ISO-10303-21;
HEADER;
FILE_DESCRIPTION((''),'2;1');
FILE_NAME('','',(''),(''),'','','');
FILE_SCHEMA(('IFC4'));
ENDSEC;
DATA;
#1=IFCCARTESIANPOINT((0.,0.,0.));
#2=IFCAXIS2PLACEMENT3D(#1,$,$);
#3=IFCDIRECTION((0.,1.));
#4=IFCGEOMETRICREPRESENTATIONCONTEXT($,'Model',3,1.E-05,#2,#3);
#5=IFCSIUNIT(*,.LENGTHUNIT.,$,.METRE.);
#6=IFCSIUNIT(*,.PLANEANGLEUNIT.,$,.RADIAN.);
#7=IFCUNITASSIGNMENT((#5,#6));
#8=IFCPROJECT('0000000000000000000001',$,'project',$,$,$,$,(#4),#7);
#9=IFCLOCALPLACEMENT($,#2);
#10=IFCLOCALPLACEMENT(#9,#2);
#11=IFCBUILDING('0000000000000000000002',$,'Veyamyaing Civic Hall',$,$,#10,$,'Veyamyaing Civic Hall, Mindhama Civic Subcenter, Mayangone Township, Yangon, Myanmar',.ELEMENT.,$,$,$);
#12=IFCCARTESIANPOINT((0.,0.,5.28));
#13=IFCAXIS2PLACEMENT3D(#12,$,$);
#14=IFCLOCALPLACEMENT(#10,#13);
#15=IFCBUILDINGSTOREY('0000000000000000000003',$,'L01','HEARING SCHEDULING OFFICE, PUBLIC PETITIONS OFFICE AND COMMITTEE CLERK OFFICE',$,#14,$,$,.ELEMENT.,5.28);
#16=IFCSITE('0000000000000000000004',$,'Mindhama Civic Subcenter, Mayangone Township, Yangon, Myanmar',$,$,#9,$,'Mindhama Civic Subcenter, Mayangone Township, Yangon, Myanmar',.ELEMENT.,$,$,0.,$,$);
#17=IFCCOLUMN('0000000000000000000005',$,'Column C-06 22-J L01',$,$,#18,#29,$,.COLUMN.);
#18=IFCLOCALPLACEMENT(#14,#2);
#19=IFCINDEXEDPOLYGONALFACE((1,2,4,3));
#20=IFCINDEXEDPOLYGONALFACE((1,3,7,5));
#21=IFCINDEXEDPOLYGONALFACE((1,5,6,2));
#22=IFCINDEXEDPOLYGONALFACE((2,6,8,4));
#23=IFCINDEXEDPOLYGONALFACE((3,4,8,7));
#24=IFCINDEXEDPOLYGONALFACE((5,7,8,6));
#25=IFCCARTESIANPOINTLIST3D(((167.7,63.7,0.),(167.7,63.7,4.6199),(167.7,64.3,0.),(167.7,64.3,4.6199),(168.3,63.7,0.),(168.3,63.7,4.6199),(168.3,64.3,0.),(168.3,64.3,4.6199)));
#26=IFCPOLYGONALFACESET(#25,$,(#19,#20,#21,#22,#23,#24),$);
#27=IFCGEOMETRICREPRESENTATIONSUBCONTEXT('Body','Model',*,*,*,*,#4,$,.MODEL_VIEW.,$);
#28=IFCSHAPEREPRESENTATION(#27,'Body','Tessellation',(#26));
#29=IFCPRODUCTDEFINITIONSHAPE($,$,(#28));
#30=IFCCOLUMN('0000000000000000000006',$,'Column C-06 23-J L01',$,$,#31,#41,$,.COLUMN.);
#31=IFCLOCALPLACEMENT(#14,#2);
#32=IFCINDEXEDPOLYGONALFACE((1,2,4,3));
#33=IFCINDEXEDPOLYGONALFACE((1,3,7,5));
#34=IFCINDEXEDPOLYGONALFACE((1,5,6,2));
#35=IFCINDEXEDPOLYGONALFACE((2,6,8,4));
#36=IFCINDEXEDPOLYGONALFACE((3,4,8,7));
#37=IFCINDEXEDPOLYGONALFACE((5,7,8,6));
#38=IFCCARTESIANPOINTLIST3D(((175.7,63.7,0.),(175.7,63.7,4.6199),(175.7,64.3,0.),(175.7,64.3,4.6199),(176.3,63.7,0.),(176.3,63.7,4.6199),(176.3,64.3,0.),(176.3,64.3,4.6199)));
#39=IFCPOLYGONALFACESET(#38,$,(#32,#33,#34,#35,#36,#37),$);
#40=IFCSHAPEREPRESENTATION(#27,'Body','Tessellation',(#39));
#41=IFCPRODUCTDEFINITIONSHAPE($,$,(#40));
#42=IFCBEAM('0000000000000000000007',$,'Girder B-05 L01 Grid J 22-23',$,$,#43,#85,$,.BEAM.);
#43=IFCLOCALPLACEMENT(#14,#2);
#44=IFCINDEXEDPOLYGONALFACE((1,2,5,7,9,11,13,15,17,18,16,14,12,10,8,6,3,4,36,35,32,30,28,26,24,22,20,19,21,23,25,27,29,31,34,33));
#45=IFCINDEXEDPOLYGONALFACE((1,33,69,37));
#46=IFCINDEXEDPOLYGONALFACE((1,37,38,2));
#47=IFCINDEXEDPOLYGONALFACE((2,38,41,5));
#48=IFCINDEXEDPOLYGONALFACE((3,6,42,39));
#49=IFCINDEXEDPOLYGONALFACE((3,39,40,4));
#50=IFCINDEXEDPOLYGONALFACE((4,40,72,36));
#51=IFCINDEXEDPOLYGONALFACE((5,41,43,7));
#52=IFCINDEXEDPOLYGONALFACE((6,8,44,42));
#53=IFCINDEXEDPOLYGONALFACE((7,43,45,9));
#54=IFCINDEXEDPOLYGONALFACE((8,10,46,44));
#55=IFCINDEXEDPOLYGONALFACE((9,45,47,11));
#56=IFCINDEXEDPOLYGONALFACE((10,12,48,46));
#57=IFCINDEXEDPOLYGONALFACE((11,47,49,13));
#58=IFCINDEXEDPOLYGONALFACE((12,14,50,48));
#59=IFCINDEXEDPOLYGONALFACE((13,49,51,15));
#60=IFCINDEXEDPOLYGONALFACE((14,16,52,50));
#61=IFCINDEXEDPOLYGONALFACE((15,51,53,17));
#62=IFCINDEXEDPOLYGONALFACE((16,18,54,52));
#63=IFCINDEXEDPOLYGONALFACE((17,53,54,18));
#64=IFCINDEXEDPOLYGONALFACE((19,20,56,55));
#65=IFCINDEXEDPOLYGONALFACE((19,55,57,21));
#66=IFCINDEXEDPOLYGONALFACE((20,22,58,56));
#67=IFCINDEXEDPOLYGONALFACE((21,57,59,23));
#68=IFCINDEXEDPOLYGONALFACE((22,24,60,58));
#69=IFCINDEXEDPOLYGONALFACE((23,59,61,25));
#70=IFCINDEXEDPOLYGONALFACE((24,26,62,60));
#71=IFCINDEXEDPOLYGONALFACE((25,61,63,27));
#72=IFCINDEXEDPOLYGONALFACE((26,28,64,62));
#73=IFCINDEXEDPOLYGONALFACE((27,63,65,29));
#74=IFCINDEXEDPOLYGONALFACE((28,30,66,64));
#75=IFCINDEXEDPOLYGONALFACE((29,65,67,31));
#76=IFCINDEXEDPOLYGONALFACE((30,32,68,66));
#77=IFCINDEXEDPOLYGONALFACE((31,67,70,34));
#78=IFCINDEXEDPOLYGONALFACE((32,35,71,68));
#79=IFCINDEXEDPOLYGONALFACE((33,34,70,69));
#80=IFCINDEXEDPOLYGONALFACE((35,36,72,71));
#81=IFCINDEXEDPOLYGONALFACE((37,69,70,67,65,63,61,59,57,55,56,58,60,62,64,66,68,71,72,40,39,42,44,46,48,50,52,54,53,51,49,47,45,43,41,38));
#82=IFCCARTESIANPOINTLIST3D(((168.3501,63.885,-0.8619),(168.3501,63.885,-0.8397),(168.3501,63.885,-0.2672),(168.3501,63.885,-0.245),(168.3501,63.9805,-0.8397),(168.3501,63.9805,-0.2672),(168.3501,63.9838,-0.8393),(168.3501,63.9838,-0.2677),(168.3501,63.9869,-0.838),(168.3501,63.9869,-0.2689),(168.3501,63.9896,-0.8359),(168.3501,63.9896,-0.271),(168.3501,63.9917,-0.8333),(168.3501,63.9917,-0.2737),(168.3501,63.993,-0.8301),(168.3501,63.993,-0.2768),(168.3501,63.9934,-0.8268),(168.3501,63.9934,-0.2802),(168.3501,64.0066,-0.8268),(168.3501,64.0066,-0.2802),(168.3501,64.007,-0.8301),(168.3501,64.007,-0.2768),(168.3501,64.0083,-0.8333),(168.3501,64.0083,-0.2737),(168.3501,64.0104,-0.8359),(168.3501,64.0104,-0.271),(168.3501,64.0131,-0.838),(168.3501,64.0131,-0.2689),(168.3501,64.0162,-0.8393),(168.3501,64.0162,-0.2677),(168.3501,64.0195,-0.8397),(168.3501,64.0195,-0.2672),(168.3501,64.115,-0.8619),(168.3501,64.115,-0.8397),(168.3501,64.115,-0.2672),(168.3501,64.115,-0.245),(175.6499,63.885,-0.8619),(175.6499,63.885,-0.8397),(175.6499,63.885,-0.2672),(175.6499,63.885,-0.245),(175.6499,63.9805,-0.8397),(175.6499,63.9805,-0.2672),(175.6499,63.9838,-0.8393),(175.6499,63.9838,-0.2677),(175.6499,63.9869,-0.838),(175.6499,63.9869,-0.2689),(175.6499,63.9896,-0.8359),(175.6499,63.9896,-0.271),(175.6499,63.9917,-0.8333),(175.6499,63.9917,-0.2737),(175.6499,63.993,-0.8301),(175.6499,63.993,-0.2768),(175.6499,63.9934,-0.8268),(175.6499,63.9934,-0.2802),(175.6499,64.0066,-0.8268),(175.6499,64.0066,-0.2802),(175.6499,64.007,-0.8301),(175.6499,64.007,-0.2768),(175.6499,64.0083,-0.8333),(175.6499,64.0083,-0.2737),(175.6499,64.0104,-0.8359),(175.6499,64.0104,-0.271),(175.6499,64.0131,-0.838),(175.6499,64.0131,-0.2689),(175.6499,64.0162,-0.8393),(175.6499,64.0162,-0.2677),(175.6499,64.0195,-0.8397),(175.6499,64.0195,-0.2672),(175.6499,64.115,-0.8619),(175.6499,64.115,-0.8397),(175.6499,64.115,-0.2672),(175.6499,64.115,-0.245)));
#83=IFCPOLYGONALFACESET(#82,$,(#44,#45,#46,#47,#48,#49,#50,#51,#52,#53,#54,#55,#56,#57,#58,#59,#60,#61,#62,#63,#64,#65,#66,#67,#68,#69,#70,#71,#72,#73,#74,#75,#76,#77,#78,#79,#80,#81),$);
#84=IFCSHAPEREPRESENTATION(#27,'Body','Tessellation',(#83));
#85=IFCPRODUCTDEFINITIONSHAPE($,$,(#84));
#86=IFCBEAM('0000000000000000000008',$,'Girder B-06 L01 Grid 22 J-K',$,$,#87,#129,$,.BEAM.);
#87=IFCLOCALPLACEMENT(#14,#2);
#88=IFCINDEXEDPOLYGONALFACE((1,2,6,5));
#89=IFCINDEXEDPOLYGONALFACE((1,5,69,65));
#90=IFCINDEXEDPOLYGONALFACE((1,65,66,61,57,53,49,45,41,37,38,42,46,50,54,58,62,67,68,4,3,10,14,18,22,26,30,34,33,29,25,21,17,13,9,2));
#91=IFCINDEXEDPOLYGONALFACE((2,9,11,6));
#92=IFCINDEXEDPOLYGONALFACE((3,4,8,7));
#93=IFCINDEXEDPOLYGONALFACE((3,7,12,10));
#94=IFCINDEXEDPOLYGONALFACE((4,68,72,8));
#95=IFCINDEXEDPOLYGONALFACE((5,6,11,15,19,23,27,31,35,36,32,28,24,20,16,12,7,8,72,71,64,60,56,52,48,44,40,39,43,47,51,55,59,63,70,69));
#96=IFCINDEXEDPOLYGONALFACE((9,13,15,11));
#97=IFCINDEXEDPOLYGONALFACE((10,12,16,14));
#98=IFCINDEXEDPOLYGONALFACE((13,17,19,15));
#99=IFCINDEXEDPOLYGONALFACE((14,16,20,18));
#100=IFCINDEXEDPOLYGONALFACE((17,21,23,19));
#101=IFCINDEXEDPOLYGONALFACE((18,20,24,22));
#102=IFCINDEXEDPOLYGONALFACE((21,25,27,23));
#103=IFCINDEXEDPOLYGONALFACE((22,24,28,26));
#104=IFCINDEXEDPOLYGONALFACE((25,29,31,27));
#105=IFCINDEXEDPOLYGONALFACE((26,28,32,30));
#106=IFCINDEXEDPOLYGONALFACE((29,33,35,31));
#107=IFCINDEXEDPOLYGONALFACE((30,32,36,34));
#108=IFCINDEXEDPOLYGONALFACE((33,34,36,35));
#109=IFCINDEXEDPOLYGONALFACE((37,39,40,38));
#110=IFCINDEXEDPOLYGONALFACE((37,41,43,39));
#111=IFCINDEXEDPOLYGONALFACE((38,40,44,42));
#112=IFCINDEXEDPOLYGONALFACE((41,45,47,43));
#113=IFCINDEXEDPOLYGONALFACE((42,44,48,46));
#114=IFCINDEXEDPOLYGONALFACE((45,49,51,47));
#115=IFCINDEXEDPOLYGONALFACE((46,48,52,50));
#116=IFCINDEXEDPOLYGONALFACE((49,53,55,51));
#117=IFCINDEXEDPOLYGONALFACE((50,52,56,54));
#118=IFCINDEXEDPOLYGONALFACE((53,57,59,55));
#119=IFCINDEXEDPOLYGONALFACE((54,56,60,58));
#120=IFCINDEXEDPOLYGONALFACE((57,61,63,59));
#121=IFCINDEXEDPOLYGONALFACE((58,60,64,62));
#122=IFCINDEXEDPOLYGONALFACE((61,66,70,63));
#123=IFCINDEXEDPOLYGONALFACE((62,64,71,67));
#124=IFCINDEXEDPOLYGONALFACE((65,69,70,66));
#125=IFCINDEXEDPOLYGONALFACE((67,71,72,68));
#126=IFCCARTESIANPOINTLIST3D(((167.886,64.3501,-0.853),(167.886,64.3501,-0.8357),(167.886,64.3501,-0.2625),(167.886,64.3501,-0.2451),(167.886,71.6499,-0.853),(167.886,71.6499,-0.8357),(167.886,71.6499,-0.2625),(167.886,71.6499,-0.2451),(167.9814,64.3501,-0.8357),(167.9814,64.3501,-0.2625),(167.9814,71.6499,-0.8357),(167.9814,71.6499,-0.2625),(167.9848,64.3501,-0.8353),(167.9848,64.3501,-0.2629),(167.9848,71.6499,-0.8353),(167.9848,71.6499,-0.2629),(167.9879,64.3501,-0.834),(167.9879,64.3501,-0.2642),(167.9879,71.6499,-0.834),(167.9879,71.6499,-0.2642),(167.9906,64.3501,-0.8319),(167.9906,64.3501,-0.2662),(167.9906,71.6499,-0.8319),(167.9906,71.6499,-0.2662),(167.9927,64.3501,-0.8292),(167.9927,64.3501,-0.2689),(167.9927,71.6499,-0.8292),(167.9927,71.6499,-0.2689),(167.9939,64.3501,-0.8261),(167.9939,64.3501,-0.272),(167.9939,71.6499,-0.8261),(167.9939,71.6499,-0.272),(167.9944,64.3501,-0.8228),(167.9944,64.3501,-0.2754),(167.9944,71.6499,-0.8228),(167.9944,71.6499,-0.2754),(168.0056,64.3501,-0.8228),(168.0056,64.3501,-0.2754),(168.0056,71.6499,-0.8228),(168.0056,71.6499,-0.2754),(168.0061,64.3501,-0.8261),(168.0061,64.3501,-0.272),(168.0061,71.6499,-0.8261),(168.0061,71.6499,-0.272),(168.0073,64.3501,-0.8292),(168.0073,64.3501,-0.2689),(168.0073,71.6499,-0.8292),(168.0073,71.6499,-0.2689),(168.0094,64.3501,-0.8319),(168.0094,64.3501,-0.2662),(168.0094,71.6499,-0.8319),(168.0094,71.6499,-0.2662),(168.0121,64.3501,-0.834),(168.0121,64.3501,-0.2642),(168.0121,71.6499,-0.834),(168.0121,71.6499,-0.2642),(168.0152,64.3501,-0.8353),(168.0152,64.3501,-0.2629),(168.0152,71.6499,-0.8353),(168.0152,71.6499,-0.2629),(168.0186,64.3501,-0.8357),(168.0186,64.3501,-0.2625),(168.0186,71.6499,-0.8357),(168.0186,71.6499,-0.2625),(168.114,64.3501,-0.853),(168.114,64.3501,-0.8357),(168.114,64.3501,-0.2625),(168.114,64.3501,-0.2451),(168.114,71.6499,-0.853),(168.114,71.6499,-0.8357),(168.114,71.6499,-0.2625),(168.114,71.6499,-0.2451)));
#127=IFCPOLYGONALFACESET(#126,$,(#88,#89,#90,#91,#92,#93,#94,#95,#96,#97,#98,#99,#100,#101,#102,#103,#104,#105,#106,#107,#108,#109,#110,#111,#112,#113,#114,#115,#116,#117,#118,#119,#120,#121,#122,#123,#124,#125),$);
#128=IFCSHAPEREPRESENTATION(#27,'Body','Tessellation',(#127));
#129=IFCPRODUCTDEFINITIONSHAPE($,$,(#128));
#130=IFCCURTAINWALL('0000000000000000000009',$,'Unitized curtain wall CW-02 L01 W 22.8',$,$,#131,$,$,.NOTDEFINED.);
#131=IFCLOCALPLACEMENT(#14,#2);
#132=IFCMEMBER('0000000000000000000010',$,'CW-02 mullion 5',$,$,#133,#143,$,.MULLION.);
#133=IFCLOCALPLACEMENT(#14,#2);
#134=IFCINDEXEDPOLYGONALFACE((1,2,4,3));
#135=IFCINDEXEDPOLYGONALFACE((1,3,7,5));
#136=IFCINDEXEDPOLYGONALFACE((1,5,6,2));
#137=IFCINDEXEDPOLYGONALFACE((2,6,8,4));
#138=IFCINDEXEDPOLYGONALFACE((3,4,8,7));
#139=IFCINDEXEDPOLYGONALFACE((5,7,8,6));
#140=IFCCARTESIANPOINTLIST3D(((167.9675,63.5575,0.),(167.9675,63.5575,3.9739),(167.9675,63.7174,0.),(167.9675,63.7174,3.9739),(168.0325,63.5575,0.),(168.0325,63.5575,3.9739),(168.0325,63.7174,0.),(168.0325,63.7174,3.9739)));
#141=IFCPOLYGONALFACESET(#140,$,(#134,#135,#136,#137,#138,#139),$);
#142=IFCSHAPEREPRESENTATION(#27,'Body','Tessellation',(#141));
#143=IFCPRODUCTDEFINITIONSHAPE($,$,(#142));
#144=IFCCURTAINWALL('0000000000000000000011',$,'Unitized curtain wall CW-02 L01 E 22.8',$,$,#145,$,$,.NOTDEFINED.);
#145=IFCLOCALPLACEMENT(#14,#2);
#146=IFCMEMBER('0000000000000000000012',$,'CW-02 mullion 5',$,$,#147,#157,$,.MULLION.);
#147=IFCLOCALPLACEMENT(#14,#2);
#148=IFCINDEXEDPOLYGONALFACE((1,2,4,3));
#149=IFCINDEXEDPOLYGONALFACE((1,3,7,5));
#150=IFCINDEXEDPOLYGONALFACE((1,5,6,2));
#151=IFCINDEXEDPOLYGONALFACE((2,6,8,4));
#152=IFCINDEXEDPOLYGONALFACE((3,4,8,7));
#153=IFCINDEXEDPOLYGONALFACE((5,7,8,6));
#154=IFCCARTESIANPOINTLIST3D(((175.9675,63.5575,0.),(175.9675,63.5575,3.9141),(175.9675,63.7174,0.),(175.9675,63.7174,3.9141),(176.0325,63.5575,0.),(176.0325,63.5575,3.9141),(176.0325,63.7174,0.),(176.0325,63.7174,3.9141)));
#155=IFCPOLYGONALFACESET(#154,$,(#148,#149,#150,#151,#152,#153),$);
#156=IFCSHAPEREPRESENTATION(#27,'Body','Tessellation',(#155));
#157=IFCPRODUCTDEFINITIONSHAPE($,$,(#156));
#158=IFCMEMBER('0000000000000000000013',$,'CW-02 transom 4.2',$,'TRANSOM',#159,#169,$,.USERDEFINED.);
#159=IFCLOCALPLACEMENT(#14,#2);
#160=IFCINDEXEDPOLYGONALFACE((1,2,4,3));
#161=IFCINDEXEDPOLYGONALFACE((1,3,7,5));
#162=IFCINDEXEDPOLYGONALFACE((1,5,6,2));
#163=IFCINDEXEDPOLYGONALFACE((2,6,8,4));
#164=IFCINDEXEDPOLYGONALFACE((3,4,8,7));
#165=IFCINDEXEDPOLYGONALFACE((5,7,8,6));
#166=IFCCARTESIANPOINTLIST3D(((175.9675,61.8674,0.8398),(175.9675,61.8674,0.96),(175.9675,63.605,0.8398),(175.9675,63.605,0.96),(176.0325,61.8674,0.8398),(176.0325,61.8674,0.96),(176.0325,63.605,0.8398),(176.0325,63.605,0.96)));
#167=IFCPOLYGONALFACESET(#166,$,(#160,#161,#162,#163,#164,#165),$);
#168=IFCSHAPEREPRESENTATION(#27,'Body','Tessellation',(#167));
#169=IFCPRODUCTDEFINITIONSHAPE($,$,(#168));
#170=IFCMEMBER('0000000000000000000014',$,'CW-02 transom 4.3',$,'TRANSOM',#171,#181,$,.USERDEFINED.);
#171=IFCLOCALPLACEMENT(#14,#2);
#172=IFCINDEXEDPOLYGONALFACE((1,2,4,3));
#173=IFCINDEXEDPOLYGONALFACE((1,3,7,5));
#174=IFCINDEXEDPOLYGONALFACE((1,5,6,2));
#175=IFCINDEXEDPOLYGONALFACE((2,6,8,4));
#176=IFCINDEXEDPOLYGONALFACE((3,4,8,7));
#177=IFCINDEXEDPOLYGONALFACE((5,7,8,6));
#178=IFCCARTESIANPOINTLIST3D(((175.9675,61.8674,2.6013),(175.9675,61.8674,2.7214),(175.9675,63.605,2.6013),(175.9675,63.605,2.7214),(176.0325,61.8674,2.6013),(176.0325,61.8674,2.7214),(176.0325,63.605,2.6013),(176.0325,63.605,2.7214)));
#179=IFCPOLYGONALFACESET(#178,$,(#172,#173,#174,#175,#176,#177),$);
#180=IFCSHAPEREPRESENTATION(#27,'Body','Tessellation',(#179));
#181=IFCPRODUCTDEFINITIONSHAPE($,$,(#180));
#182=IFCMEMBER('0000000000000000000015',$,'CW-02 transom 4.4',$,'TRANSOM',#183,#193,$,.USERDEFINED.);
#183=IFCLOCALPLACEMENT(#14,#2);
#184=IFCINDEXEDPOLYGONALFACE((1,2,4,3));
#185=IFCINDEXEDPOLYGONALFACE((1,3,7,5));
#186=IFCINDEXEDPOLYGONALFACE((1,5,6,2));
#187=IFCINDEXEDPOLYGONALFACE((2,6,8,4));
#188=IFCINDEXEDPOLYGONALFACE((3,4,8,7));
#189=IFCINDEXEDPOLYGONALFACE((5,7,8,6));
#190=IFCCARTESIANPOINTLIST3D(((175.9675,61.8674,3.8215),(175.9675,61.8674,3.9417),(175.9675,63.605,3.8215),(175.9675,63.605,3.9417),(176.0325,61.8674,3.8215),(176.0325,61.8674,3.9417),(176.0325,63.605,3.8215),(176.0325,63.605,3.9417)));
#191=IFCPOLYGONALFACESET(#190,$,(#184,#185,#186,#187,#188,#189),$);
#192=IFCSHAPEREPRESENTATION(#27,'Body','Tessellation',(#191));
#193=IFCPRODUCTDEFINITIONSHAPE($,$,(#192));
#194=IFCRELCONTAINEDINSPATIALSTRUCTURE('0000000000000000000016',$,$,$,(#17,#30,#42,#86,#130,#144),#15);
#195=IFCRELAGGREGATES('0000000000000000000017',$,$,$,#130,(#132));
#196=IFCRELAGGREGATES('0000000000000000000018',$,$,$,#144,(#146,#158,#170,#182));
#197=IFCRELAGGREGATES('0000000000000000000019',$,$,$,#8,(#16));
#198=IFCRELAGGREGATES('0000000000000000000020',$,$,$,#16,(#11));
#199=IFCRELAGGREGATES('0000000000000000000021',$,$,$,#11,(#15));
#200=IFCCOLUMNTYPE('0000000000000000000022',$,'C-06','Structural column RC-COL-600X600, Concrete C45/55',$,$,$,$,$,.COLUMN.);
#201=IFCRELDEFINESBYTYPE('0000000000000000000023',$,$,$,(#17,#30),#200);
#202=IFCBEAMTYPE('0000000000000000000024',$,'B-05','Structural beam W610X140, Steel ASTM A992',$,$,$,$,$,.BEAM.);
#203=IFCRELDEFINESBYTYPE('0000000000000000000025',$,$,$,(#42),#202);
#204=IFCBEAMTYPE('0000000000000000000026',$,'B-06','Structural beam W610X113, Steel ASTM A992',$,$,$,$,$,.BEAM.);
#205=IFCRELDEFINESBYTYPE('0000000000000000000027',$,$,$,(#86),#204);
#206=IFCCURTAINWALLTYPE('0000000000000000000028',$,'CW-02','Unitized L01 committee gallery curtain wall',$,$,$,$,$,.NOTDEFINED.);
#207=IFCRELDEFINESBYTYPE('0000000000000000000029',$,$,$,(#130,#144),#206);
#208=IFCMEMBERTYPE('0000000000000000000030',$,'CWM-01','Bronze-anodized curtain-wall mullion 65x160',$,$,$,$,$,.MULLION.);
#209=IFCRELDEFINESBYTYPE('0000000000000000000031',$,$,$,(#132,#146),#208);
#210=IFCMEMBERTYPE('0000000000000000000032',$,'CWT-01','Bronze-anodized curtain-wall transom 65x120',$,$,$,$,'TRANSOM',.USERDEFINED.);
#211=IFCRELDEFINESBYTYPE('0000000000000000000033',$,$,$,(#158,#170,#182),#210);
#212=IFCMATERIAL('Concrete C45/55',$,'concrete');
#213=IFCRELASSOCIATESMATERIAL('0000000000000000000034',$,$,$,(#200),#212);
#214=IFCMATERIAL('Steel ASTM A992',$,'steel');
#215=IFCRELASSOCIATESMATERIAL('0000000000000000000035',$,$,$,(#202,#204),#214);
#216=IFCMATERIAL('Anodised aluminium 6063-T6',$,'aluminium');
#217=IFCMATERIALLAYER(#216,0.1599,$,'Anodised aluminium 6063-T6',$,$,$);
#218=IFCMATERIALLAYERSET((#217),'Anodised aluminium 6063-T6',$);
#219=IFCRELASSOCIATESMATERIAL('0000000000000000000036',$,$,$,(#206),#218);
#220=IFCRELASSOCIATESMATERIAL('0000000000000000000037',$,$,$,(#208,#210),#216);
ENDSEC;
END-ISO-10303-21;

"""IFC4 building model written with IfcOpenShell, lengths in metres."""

from ifc_helpers import new_model, si_unit, direction, frame, origin, origin_2d, place, context, subcontext, project, spatial, rectangle, i_section, extrude, material, layer, layer_set, material_profile, profile_set, type_object, element, aggregate, save


model = new_model("IFC4")

# Units and contexts
model_context = context("Model", 3, precision=1e-05, world=origin(), true_north=direction((0.0, 1.0)))
body_context = subcontext(model_context, "Body", "Model", "MODEL_VIEW")
ifc_project = project(units=[si_unit("LENGTHUNIT", "METRE"), si_unit("PLANEANGLEUNIT", "RADIAN")], contexts=[model_context])

# Site, building, storey
site_placement = place(None, origin())
site = spatial("IfcSite", under=ifc_project, at=site_placement, Name="Mindhama Civic Subcenter, Mayangone Township, Yangon, Myanmar", LongName="Mindhama Civic Subcenter, Mayangone Township, Yangon, Myanmar", CompositionType="ELEMENT", RefElevation=0.0)
building_placement = place(site_placement, origin())
building = spatial("IfcBuilding", under=site, at=building_placement, Name="Veyamyaing Civic Hall", LongName="Veyamyaing Civic Hall, Mindhama Civic Subcenter, Mayangone Township, Yangon, Myanmar", CompositionType="ELEMENT")
storey_placement = place(building_placement, frame((0.0, 0.0, 5.28)))
storey = spatial("IfcBuildingStorey", under=building, at=storey_placement, Name="L01", Description="HEARING SCHEDULING OFFICE, PUBLIC PETITIONS OFFICE AND COMMITTEE CLERK OFFICE", CompositionType="ELEMENT", Elevation=5.28)

# Columns
ifc_material_1 = material(Name="Concrete C45/55", Category="concrete")
ifc_material_profile_1 = material_profile(ifc_material_1, rectangle(XDim=0.6001, YDim=0.6001, at=origin_2d()), Name="RC-COL-600X600")
ifc_profile_set_1 = profile_set([ifc_material_profile_1], Name="Concrete C45/55")
column_type = type_object("IfcColumnType", Name="C-06", Description="Structural column RC-COL-600X600, Concrete C45/55", PredefinedType="COLUMN", material=ifc_profile_set_1)
for number, where, z_axis, x_axis, name in (
    (1, (168.0, 64.0, 0.0), (0.0, 0.0, 1.0), (1.0, 0.0, 0.0), "Column C-06 22-J L01"),
    (2, (176.0, 64.0, 0.0), (0.0, 0.0, 1.0), (1.0, 0.0, 0.0), "Column C-06 23-J L01"),
):
    element("IfcColumn", number, at=place(storey_placement, frame(where, z_axis=z_axis, x_axis=x_axis)), inside=storey, type_object=column_type, Name=name, PredefinedType="COLUMN", context=body_context, shape_type="SweptSolid", body=[
        extrude(rectangle(XDim=0.6001, YDim=0.6001, at=origin_2d()), origin(), (0.0, 0.0, 1.0), 4.6199),
    ])

# Beams
ifc_material_2 = material(Name="Steel ASTM A992", Category="steel")
ifc_material_profile_2 = material_profile(ifc_material_2, i_section(OverallWidth=0.23, OverallDepth=0.6169, WebThickness=0.0132, FlangeThickness=0.0222, FilletRadius=0.0129, at=origin_2d()), Name="W610X140")
ifc_profile_set_2 = profile_set([ifc_material_profile_2], Name="Steel ASTM A992")
beam_type_1 = type_object("IfcBeamType", Name="B-05", Description="Structural beam W610X140, Steel ASTM A992", PredefinedType="BEAM", material=ifc_profile_set_2)
beam_1_placement = place(storey_placement, frame((168.3501, 64.0, -0.5535), z_axis=(1.0, 0.0, 0.0), x_axis=(0.0, 1.0, 0.0)))
element("IfcBeam", 3, at=beam_1_placement, inside=storey, type_object=beam_type_1, Name="Girder B-05 L01 Grid J 22-23", PredefinedType="BEAM", context=body_context, shape_type="SweptSolid", body=[
    extrude(i_section(OverallWidth=0.23, OverallDepth=0.6169, WebThickness=0.0132, FlangeThickness=0.0222, FilletRadius=0.0129, at=origin_2d()), origin(), (0.0, 0.0, 1.0), 7.2998),
])
ifc_material_profile_3 = material_profile(ifc_material_2, i_section(OverallWidth=0.228, OverallDepth=0.6079, WebThickness=0.0112, FlangeThickness=0.0173, FilletRadius=0.0129, at=origin_2d()), Name="W610X113")
ifc_profile_set_3 = profile_set([ifc_material_profile_3], Name="Steel ASTM A992")
beam_type_2 = type_object("IfcBeamType", Name="B-06", Description="Structural beam W610X113, Steel ASTM A992", PredefinedType="BEAM", material=ifc_profile_set_3)
beam_2_placement = place(storey_placement, frame((168.0, 64.3501, -0.5491), z_axis=(0.0, 1.0, 0.0), x_axis=(-1.0, 0.0, 0.0)))
element("IfcBeam", 4, at=beam_2_placement, inside=storey, type_object=beam_type_2, Name="Girder B-06 L01 Grid 22 J-K", PredefinedType="BEAM", context=body_context, shape_type="SweptSolid", body=[
    extrude(i_section(OverallWidth=0.228, OverallDepth=0.6079, WebThickness=0.0112, FlangeThickness=0.0173, FilletRadius=0.0129, at=origin_2d()), origin(), (0.0, 0.0, 1.0), 7.2998),
])

# Curtain wall, member
ifc_material_3 = material(Name="Anodised aluminium 6063-T6", Category="aluminium")
ifc_layer_1 = layer(ifc_material_3, 0.1599, Name="Anodised aluminium 6063-T6")
ifc_layer_set_1 = layer_set([ifc_layer_1], Name="Anodised aluminium 6063-T6")
curtain_wall_type = type_object("IfcCurtainWallType", Name="CW-02", Description="Unitized L01 committee gallery curtain wall", PredefinedType="NOTDEFINED", material=ifc_layer_set_1)
curtain_wall_1_placement = place(storey_placement, origin())
curtain_wall_1 = element("IfcCurtainWall", 5, at=curtain_wall_1_placement, inside=storey, type_object=curtain_wall_type, Name="Unitized curtain wall CW-02 L01 W 22.8", PredefinedType="NOTDEFINED")
ifc_material_profile_4 = material_profile(ifc_material_3, rectangle(XDim=0.0649, YDim=0.1599, at=origin_2d()), Name="ALU-MUL-65X160")
ifc_profile_set_4 = profile_set([ifc_material_profile_4], Name="Anodised aluminium 6063-T6")
member_type_1 = type_object("IfcMemberType", Name="CWM-01", Description="Bronze-anodized curtain-wall mullion 65x160", PredefinedType="MULLION", material=ifc_profile_set_4)
member_1_placement = place(storey_placement, frame((168.0, 63.6375, 0.0), z_axis=(0.0, 0.0, 1.0), x_axis=(-1.0, 0.0, 0.0)))
member_1 = element("IfcMember", 6, at=member_1_placement, type_object=member_type_1, Name="CW-02 mullion 5", PredefinedType="MULLION", context=body_context, shape_type="SweptSolid", body=[
    extrude(rectangle(XDim=0.0649, YDim=0.1599, at=origin_2d()), origin(), (0.0, 0.0, 1.0), 3.9739),
])

# Curtain wall, members
curtain_wall_2_placement = place(storey_placement, origin())
curtain_wall_2 = element("IfcCurtainWall", 7, at=curtain_wall_2_placement, inside=storey, type_object=curtain_wall_type, Name="Unitized curtain wall CW-02 L01 E 22.8", PredefinedType="NOTDEFINED")
member_2_placement = place(storey_placement, frame((176.0, 63.6375, 0.0), z_axis=(0.0, 0.0, 1.0), x_axis=(-1.0, 0.0, 0.0)))
member_2 = element("IfcMember", 8, at=member_2_placement, type_object=member_type_1, Name="CW-02 mullion 5", PredefinedType="MULLION", context=body_context, shape_type="SweptSolid", body=[
    extrude(rectangle(XDim=0.0649, YDim=0.1599, at=origin_2d()), origin(), (0.0, 0.0, 1.0), 3.9141),
])
ifc_material_profile_5 = material_profile(ifc_material_3, rectangle(XDim=0.0649, YDim=0.1201, at=origin_2d()), Name="ALU-TRN-65X120")
ifc_profile_set_5 = profile_set([ifc_material_profile_5], Name="Anodised aluminium 6063-T6")
member_type_2 = type_object("IfcMemberType", Name="CWT-01", Description="Bronze-anodized curtain-wall transom 65x120", ElementType="TRANSOM", PredefinedType="USERDEFINED", material=ifc_profile_set_5)
member_3_placement = place(storey_placement, frame((176.0, 61.8674, 0.8999), z_axis=(0.0, 1.0, 0.0), x_axis=(-1.0, 0.0, 0.0)))
member_3 = element("IfcMember", 9, at=member_3_placement, type_object=member_type_2, Name="CW-02 transom 4.2", ObjectType="TRANSOM", PredefinedType="USERDEFINED", context=body_context, shape_type="SweptSolid", body=[
    extrude(rectangle(XDim=0.0649, YDim=0.1201, at=origin_2d()), origin(), (0.0, 0.0, 1.0), 1.7375),
])
member_4_placement = place(storey_placement, frame((176.0, 61.8674, 2.6614), z_axis=(0.0, 1.0, 0.0), x_axis=(-1.0, 0.0, 0.0)))
member_4 = element("IfcMember", 10, at=member_4_placement, type_object=member_type_2, Name="CW-02 transom 4.3", ObjectType="TRANSOM", PredefinedType="USERDEFINED", context=body_context, shape_type="SweptSolid", body=[
    extrude(rectangle(XDim=0.0649, YDim=0.1201, at=origin_2d()), origin(), (0.0, 0.0, 1.0), 1.7375),
])
member_5_placement = place(storey_placement, frame((176.0, 61.8674, 3.8816), z_axis=(0.0, 1.0, 0.0), x_axis=(-1.0, 0.0, 0.0)))
member_5 = element("IfcMember", 11, at=member_5_placement, type_object=member_type_2, Name="CW-02 transom 4.4", ObjectType="TRANSOM", PredefinedType="USERDEFINED", context=body_context, shape_type="SweptSolid", body=[
    extrude(rectangle(XDim=0.0649, YDim=0.1201, at=origin_2d()), origin(), (0.0, 0.0, 1.0), 1.7375),
])

aggregate(curtain_wall_1, [member_1])
aggregate(curtain_wall_2, [member_2, member_3, member_4, member_5])

save(model, "model.ifc")
